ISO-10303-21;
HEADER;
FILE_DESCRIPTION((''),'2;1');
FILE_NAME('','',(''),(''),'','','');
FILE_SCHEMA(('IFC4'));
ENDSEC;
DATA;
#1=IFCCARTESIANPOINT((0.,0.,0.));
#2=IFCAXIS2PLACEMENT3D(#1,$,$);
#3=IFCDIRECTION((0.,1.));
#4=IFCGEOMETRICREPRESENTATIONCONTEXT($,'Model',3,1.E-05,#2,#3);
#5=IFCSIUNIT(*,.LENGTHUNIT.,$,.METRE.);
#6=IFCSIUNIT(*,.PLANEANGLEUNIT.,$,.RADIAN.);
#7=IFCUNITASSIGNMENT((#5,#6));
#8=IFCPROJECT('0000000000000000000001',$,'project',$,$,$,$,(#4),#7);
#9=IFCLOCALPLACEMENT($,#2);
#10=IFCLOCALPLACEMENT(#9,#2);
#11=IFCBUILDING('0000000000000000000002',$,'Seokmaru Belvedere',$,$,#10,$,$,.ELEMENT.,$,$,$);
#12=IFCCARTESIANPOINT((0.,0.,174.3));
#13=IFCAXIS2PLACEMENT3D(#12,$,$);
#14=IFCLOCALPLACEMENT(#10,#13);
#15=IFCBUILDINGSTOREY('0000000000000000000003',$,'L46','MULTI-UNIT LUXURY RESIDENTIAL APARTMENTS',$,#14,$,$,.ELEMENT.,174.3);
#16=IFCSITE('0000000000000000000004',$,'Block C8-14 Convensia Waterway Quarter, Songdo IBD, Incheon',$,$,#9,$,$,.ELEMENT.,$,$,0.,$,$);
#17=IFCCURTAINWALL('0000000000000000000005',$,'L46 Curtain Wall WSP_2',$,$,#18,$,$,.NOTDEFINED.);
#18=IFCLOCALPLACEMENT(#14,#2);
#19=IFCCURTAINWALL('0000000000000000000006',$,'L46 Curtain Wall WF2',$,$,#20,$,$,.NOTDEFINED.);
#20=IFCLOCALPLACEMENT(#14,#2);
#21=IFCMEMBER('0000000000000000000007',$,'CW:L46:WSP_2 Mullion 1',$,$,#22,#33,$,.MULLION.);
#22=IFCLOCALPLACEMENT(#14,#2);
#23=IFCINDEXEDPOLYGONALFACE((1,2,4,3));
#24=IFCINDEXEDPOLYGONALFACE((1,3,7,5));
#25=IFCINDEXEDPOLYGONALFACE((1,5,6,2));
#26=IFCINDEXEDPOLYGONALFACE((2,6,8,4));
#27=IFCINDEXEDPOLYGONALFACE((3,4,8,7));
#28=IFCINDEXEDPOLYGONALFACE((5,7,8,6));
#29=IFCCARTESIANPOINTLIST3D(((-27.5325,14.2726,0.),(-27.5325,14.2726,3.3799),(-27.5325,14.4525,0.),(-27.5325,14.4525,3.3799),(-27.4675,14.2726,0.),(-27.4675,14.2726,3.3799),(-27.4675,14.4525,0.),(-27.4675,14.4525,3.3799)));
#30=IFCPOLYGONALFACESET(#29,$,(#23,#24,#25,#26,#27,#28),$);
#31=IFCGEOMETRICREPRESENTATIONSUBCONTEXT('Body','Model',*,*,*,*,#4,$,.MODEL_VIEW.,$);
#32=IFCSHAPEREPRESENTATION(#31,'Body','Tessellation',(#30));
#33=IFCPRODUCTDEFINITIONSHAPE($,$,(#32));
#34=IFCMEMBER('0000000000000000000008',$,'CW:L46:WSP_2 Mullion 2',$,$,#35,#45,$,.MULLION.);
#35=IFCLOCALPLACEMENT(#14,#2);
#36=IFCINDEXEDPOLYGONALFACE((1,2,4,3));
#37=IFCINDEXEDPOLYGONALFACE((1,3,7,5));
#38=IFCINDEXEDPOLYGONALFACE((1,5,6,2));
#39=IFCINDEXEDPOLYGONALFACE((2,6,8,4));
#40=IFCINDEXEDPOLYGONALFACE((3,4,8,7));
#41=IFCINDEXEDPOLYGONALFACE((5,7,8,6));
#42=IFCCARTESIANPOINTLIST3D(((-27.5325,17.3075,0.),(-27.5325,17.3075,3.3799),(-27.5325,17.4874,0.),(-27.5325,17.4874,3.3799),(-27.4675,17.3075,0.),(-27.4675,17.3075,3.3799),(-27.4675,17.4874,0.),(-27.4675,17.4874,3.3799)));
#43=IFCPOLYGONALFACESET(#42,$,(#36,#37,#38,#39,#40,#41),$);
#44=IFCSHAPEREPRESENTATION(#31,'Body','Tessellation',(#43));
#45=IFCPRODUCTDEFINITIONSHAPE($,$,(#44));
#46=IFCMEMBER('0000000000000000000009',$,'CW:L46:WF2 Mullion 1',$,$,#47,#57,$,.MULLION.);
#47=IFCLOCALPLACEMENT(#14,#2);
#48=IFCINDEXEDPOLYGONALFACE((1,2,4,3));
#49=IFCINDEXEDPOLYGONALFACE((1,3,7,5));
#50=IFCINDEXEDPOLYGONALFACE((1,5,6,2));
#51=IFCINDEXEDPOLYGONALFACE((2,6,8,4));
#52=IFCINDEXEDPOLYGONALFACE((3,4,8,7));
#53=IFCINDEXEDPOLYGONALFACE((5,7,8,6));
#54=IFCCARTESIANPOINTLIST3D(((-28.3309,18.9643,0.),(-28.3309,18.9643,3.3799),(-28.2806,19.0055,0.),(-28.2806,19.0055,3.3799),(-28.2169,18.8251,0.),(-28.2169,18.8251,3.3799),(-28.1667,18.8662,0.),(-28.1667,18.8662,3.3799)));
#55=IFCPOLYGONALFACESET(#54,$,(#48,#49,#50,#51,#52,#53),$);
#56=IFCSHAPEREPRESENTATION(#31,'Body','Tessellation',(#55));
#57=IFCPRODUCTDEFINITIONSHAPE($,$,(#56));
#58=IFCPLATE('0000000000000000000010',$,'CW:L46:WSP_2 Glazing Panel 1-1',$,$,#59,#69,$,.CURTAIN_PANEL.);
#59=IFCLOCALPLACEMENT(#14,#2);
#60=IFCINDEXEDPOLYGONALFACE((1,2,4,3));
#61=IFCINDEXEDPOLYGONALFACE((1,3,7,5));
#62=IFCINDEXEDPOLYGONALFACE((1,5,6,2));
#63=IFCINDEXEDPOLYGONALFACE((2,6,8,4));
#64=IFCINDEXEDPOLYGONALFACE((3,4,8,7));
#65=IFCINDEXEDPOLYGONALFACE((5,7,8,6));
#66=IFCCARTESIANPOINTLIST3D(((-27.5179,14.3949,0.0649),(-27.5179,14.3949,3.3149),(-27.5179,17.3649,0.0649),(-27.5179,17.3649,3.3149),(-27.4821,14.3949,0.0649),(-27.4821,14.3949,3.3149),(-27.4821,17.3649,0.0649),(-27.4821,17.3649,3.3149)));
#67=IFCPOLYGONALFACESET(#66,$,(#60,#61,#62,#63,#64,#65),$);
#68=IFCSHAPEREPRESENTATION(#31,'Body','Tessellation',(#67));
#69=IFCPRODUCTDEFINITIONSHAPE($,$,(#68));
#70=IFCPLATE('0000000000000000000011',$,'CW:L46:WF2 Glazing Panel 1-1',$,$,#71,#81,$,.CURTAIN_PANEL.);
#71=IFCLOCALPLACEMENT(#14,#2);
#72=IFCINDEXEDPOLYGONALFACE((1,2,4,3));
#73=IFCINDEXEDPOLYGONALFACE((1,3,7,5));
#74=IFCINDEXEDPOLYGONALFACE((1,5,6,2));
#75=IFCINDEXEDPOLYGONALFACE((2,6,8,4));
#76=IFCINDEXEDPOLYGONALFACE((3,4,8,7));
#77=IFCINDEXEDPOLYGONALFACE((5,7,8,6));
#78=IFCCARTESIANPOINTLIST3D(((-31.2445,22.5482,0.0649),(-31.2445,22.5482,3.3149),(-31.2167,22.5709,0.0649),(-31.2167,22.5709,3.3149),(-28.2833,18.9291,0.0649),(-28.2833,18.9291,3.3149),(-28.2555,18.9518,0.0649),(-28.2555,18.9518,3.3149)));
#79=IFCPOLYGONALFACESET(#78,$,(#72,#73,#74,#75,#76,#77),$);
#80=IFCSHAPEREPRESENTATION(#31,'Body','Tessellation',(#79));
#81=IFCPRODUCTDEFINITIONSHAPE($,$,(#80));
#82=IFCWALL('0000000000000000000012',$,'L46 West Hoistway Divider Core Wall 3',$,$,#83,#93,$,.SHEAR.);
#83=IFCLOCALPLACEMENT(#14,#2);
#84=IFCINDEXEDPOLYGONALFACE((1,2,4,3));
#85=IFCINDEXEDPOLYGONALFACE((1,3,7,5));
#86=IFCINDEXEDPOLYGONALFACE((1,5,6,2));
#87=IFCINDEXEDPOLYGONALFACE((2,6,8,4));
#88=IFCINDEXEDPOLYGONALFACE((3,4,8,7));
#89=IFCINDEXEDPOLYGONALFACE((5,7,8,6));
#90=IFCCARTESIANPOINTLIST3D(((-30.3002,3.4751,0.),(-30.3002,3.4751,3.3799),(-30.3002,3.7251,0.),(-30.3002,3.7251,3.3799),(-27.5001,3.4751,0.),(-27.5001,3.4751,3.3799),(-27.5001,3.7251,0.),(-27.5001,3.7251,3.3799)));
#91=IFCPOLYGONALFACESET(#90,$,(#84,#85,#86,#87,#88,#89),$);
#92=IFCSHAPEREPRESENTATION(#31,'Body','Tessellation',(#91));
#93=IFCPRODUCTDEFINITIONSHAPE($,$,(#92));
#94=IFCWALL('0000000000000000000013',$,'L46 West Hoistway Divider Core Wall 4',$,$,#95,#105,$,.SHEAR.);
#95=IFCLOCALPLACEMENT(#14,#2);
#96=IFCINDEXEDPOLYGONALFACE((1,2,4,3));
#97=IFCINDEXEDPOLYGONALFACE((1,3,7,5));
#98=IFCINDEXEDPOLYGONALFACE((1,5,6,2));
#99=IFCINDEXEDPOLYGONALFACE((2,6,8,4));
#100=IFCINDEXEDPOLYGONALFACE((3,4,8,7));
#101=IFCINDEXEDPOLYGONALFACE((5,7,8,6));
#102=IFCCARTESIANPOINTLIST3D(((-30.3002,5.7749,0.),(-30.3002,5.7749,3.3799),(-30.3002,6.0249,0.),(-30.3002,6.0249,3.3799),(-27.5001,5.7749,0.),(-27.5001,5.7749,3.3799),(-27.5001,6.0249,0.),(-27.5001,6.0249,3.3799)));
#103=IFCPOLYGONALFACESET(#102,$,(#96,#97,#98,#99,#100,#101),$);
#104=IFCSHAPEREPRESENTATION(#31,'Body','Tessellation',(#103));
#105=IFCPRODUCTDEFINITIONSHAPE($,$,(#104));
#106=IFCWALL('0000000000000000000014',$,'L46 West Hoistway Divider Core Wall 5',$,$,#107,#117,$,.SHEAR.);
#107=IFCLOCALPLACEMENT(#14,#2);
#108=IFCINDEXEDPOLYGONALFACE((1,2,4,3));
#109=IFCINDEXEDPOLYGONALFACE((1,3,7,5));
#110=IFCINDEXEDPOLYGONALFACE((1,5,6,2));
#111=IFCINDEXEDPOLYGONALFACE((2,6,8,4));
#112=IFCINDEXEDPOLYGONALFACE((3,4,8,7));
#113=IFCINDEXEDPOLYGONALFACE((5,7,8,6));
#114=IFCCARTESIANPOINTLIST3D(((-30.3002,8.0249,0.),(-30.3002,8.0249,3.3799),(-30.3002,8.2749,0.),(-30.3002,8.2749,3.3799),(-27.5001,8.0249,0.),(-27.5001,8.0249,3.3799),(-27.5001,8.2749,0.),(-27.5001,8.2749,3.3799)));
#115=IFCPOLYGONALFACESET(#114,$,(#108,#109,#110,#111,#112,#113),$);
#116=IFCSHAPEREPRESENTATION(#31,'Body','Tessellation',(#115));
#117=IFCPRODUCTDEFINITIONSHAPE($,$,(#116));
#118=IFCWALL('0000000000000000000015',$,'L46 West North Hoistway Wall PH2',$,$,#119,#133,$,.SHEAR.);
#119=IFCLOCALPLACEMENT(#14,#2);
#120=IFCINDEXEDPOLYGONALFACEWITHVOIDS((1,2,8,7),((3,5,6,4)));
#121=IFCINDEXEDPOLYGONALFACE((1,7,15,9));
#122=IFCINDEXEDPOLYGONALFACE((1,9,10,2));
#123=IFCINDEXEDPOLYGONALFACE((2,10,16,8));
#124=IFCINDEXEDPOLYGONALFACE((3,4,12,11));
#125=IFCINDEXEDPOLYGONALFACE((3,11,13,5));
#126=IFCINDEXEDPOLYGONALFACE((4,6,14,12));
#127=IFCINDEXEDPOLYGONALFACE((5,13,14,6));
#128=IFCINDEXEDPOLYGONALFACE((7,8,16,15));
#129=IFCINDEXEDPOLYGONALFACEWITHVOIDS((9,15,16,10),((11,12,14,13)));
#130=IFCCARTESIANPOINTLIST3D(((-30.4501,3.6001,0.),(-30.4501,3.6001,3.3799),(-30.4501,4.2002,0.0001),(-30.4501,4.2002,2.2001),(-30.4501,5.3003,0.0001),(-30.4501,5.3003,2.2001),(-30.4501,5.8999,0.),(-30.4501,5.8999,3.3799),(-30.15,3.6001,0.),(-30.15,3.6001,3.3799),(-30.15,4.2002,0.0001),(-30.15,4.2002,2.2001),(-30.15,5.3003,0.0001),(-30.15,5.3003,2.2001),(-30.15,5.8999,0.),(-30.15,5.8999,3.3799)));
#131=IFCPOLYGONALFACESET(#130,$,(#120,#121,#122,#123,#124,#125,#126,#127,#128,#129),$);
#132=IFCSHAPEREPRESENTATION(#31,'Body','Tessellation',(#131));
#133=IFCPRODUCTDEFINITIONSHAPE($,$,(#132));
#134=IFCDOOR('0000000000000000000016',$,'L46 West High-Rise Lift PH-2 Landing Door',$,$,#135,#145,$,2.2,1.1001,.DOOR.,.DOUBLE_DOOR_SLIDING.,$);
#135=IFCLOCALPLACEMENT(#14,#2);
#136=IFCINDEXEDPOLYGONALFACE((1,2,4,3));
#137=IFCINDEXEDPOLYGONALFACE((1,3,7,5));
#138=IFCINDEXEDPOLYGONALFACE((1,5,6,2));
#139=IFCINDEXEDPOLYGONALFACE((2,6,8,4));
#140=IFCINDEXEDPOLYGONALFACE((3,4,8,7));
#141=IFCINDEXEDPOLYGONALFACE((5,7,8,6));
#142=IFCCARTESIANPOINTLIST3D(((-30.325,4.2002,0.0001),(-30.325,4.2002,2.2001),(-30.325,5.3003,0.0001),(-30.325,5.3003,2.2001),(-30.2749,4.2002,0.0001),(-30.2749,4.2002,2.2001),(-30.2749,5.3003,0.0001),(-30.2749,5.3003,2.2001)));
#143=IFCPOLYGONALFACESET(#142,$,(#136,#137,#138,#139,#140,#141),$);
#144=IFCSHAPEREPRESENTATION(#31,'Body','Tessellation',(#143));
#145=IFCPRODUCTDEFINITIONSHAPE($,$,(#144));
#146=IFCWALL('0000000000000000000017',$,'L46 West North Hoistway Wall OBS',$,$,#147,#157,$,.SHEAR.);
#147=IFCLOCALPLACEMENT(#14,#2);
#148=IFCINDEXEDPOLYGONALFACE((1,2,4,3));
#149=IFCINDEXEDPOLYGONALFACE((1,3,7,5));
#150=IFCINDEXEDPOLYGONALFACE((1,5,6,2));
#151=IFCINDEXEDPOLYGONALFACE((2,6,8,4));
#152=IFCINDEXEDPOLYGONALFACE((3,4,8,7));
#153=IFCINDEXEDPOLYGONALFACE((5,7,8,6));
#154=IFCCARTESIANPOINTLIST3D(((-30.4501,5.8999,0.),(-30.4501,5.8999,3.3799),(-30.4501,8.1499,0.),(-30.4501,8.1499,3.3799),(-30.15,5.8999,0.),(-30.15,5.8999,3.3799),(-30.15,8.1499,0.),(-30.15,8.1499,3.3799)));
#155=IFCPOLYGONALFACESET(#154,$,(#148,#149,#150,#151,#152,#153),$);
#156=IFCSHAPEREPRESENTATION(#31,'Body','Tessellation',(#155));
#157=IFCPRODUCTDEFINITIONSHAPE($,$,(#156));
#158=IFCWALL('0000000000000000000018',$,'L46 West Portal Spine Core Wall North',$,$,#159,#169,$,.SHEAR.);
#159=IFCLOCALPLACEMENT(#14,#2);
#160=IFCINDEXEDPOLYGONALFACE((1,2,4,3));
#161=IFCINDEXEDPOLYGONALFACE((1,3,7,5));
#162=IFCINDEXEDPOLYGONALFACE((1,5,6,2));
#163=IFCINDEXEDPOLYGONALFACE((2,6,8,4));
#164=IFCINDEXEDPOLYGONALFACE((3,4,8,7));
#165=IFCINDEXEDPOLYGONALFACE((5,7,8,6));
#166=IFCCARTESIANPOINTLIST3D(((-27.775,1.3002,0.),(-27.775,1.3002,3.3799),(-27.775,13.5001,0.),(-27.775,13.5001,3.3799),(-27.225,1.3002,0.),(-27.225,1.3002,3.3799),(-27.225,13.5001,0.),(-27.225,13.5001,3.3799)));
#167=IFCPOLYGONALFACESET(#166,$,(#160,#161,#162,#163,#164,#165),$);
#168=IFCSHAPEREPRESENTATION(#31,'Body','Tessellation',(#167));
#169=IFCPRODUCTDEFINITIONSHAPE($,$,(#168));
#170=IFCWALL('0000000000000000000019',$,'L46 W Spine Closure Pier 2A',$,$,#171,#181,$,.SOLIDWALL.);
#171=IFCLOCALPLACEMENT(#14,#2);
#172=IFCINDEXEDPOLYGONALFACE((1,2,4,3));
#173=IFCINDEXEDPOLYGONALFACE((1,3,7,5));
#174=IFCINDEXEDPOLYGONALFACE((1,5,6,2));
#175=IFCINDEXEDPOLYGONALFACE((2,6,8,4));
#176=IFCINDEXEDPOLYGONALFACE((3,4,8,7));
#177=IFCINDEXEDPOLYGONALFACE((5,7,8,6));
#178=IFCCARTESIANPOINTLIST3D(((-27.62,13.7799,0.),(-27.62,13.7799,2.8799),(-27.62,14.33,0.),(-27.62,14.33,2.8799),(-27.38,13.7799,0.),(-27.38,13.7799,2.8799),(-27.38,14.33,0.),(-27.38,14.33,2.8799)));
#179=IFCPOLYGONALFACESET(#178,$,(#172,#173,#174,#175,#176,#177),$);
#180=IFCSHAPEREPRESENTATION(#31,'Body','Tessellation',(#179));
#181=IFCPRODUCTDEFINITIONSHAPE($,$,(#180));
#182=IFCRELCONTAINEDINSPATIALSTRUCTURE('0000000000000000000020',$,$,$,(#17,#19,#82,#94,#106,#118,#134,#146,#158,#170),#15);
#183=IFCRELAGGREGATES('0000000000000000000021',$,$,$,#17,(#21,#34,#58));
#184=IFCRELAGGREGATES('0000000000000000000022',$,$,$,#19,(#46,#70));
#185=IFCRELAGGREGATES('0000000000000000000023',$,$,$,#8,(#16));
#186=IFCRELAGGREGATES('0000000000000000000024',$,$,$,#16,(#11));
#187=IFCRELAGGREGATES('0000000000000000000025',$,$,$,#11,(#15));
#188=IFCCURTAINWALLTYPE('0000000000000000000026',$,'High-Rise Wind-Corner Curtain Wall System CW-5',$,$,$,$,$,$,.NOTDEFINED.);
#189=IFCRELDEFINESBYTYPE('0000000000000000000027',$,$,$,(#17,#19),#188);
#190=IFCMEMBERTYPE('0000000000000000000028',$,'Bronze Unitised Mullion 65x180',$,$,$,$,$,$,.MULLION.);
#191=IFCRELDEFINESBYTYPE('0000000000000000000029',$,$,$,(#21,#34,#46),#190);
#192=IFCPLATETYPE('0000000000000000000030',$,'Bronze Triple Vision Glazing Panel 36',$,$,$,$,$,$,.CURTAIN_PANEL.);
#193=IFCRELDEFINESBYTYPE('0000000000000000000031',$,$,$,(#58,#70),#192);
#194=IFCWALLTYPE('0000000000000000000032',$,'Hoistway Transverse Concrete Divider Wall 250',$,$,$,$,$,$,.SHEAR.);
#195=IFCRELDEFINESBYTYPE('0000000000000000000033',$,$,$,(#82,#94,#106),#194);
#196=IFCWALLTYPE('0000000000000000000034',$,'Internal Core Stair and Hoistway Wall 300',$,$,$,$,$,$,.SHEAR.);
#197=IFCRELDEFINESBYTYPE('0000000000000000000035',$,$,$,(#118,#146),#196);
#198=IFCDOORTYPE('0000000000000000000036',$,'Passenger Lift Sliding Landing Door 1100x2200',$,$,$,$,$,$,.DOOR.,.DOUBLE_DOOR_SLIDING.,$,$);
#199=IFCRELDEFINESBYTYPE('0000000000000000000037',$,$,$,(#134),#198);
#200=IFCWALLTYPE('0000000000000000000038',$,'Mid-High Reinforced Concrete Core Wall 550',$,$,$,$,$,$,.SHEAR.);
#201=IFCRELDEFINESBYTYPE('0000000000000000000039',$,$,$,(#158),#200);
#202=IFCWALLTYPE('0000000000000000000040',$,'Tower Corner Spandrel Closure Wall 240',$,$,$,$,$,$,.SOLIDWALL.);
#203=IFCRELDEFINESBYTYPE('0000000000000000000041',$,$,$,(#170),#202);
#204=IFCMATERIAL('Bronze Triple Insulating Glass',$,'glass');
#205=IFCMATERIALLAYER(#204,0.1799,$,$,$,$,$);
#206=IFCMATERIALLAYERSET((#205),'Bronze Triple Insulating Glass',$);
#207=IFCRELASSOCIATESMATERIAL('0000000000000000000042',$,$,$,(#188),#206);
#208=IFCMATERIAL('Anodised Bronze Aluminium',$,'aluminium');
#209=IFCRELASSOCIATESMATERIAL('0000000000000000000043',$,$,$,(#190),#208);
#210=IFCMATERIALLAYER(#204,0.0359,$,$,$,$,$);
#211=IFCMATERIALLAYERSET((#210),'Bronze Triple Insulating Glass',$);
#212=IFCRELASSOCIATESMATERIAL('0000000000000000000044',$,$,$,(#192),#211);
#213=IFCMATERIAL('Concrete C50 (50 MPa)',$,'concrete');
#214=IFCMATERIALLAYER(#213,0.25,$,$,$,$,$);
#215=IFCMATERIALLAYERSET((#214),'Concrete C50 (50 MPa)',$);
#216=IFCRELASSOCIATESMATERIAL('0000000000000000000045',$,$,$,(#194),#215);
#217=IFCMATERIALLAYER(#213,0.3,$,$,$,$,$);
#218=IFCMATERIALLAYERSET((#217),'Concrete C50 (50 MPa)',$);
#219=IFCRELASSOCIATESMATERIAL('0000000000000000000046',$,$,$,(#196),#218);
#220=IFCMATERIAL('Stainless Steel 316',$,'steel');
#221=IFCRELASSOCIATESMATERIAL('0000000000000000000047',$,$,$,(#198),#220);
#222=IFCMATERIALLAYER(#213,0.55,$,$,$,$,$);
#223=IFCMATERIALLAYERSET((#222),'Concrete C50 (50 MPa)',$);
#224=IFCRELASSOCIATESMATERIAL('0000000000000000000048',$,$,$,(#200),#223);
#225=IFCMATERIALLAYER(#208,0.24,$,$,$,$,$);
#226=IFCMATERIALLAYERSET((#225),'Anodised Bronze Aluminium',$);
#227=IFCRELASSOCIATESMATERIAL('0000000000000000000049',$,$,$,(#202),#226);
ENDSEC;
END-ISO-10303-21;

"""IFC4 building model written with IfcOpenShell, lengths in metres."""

from ifc_helpers import new_model, si_unit, direction, frame, frame_2d, origin, origin_2d, place, context, subcontext, project, spatial, rectangle, extrude, source, transform, mapped, material, layer, layer_set, material_profile, profile_set, type_object, type_shapes, element, fill, aggregate, save


model = new_model("IFC4")

# Units and contexts
model_context = context("Model", 3, precision=1e-05, world=origin(), true_north=direction((0.0, 1.0)))
body_context = subcontext(model_context, "Body", "Model", "MODEL_VIEW")
ifc_project = project(units=[si_unit("LENGTHUNIT", "METRE"), si_unit("PLANEANGLEUNIT", "RADIAN")], contexts=[model_context])

# Site, building, storey
site_placement = place(None, origin())
site = spatial("IfcSite", under=ifc_project, at=site_placement, Name="Block C8-14 Convensia Waterway Quarter, Songdo IBD, Incheon", CompositionType="ELEMENT", RefElevation=0.0)
building_placement = place(site_placement, origin())
building = spatial("IfcBuilding", under=site, at=building_placement, Name="Seokmaru Belvedere", CompositionType="ELEMENT")
storey_placement = place(building_placement, frame((0.0, 0.0, 174.3)))
storey = spatial("IfcBuildingStorey", under=building, at=storey_placement, Name="L46", Description="MULTI-UNIT LUXURY RESIDENTIAL APARTMENTS", CompositionType="ELEMENT", Elevation=174.3)

# Curtain walls
ifc_material_1 = material(Name="Bronze Triple Insulating Glass", Category="glass")
ifc_layer_1 = layer(ifc_material_1, 0.1799)
ifc_layer_set_1 = layer_set([ifc_layer_1], Name="Bronze Triple Insulating Glass")
curtain_wall_type = type_object("IfcCurtainWallType", Name="High-Rise Wind-Corner Curtain Wall System CW-5", PredefinedType="NOTDEFINED", material=ifc_layer_set_1)
curtain_wall_1_placement = place(storey_placement, origin())
curtain_wall_1 = element("IfcCurtainWall", 1, at=curtain_wall_1_placement, inside=storey, type_object=curtain_wall_type, Name="L46 Curtain Wall WSP_2", PredefinedType="NOTDEFINED")
ifc_material_2 = material(Name="Anodised Bronze Aluminium", Category="aluminium")
curtain_wall_2_placement = place(storey_placement, origin())
curtain_wall_2 = element("IfcCurtainWall", 2, at=curtain_wall_2_placement, inside=storey, type_object=curtain_wall_type, Name="L46 Curtain Wall WF2", PredefinedType="NOTDEFINED")

# Members
ifc_material_profile_1 = material_profile(ifc_material_2, rectangle(XDim=0.0649, YDim=0.1799, at=origin_2d()), Name="CW-M-65x180")
ifc_profile_set_1 = profile_set([ifc_material_profile_1], Name="Anodised Bronze Aluminium")
member_type_1 = type_object("IfcMemberType", Name="Bronze Unitised Mullion 65x180", PredefinedType="MULLION", material=ifc_profile_set_1)
shared_shape_1 = source(origin(), body_context, "Body", "SweptSolid", [
    extrude(rectangle(XDim=0.0649, YDim=0.1799, at=origin_2d()), origin(), (0.0, 0.0, 1.0), 3.3799),
])
type_shapes(member_type_1, [shared_shape_1])
member_1_placement = place(storey_placement, frame((-27.5, 14.3625, 0.0), z_axis=(0.0, 0.0, 1.0), x_axis=(-1.0, 0.0, 0.0)))
member_1 = element("IfcMember", 3, at=member_1_placement, type_object=member_type_1, Name="CW:L46:WSP_2 Mullion 1", PredefinedType="MULLION", context=body_context, shape_type="MappedRepresentation", body=[
    mapped(shared_shape_1, transform((0.0, 0.0, 0.0), scale=1.0)),
])
member_2_placement = place(storey_placement, frame((-27.5, 17.3975, 0.0), z_axis=(0.0, 0.0, 1.0), x_axis=(-1.0, 0.0, 0.0)))
member_2 = element("IfcMember", 4, at=member_2_placement, type_object=member_type_1, Name="CW:L46:WSP_2 Mullion 2", PredefinedType="MULLION", context=body_context, shape_type="MappedRepresentation", body=[
    mapped(shared_shape_1, transform((0.0, 0.0, 0.0), scale=1.0)),
])
member_3_placement = place(storey_placement, frame((-28.2488, 18.9153, 0.0), z_axis=(0.0, 0.0, 1.0), x_axis=(-0.773944, -0.633254, 0.0)))
member_3 = element("IfcMember", 5, at=member_3_placement, type_object=member_type_1, Name="CW:L46:WF2 Mullion 1", PredefinedType="MULLION", context=body_context, shape_type="MappedRepresentation", body=[
    mapped(shared_shape_1, transform((0.0, 0.0, 0.0), scale=1.0)),
])

# Plates
ifc_layer_2 = layer(ifc_material_1, 0.0359)
ifc_layer_set_2 = layer_set([ifc_layer_2], Name="Bronze Triple Insulating Glass")
plate_type = type_object("IfcPlateType", Name="Bronze Triple Vision Glazing Panel 36", PredefinedType="CURTAIN_PANEL", material=ifc_layer_set_2)
shared_shape_2 = source(origin(), body_context, "Body", "SweptSolid", [
    extrude(rectangle(XDim=2.97, YDim=0.0359, at=origin_2d()), origin(), (0.0, 0.0, 1.0), 3.25),
])
plate_1_placement = place(storey_placement, frame((-27.5, 15.8799, 0.0649), z_axis=(0.0, 0.0, 1.0), x_axis=(0.0, 1.0, 0.0)))
plate_1 = element("IfcPlate", 6, at=plate_1_placement, type_object=plate_type, Name="CW:L46:WSP_2 Glazing Panel 1-1", PredefinedType="CURTAIN_PANEL", context=body_context, shape_type="MappedRepresentation", body=[
    mapped(shared_shape_2, transform((0.0, 0.0, 0.0), scale=1.0)),
])
aggregate(curtain_wall_1, [member_1, member_2, plate_1])
shared_shape_3 = source(origin(), body_context, "Body", "SweptSolid", [
    extrude(rectangle(XDim=4.6763, YDim=0.0359, at=origin_2d()), origin(), (0.0, 0.0, 1.0), 3.25),
])
type_shapes(plate_type, [shared_shape_2, shared_shape_3])
plate_2_placement = place(storey_placement, frame((-29.75, 20.75, 0.0649), z_axis=(0.0, 0.0, 1.0), x_axis=(-0.633254, 0.773944, 0.0)))
plate_2 = element("IfcPlate", 7, at=plate_2_placement, type_object=plate_type, Name="CW:L46:WF2 Glazing Panel 1-1", PredefinedType="CURTAIN_PANEL", context=body_context, shape_type="MappedRepresentation", body=[
    mapped(shared_shape_3, transform((0.0, 0.0, 0.0), scale=1.0)),
])
aggregate(curtain_wall_2, [member_3, plate_2])

# Walls
ifc_material_3 = material(Name="Concrete C50 (50 MPa)", Category="concrete")
ifc_layer_3 = layer(ifc_material_3, 0.25)
ifc_layer_set_3 = layer_set([ifc_layer_3], Name="Concrete C50 (50 MPa)")
wall_type_1 = type_object("IfcWallType", Name="Hoistway Transverse Concrete Divider Wall 250", PredefinedType="SHEAR", material=ifc_layer_set_3)
for number, where, z_axis, x_axis, name in (
    (8, (-30.3, 3.6001, 0.0), (0.0, 0.0, 1.0), (1.0, 0.0, 0.0), "L46 West Hoistway Divider Core Wall 3"),
    (9, (-30.3, 5.8999, 0.0), (0.0, 0.0, 1.0), (1.0, 0.0, 0.0), "L46 West Hoistway Divider Core Wall 4"),
    (10, (-30.3, 8.1499, 0.0), (0.0, 0.0, 1.0), (1.0, 0.0, 0.0), "L46 West Hoistway Divider Core Wall 5"),
):
    element("IfcWall", number, at=place(storey_placement, frame(where, z_axis=z_axis, x_axis=x_axis)), inside=storey, type_object=wall_type_1, Name=name, PredefinedType="SHEAR", context=body_context, shape_type="SweptSolid", body=[
        extrude(rectangle(XDim=2.8, YDim=0.25, at=frame_2d((1.3999, 0.0))), origin(), (0.0, 0.0, 1.0), 3.3799),
    ])

# Wall, opening, door
ifc_layer_4 = layer(ifc_material_3, 0.3)
ifc_layer_set_4 = layer_set([ifc_layer_4], Name="Concrete C50 (50 MPa)")
wall_type_2 = type_object("IfcWallType", Name="Internal Core Stair and Hoistway Wall 300", PredefinedType="SHEAR", material=ifc_layer_set_4)
wall_1_placement = place(storey_placement, frame((-30.3, 3.6001, 0.0), z_axis=(0.0, 0.0, 1.0), x_axis=(0.0, 1.0, 0.0)))
wall_1 = element("IfcWall", 11, at=wall_1_placement, inside=storey, type_object=wall_type_2, Name="L46 West North Hoistway Wall PH2", PredefinedType="SHEAR", context=body_context, shape_type="SweptSolid", body=[
    extrude(rectangle(XDim=2.2998, YDim=0.3, at=frame_2d((1.1499, 0.0))), origin(), (0.0, 0.0, 1.0), 3.3799),
])
opening_1_placement = place(wall_1_placement, frame((0.6001, 0.0, 0.0)))
opening_1 = element("IfcOpeningElement", 12, at=opening_1_placement, cuts=wall_1, PredefinedType="OPENING", context=body_context, shape_type="SweptSolid", body=[
    extrude(rectangle(XDim=1.1001, YDim=2.2, at=frame_2d((0.55, 1.1001))), frame((0.0, 0.1602, 0.0), z_axis=(0.0, -1.0, 0.0), x_axis=(1.0, 0.0, 0.0)), (0.0, 0.0, 1.0), 0.3201),
])
ifc_material_4 = material(Name="Stainless Steel 316", Category="steel")
door_type_1 = type_object("IfcDoorType", Name="Passenger Lift Sliding Landing Door 1100x2200", OperationType="DOUBLE_DOOR_SLIDING", PredefinedType="DOOR", material=ifc_material_4)
shared_shape_4 = source(origin(), body_context, "Body", "SweptSolid", [
    extrude(rectangle(XDim=1.1001, YDim=2.2, at=frame_2d((0.55, 1.1001))), frame((0.0, 0.0249, 0.0), z_axis=(0.0, -1.0, 0.0), x_axis=(1.0, 0.0, 0.0)), (0.0, 0.0, 1.0), 0.05),
])
type_shapes(door_type_1, [shared_shape_4])
door_1_placement = place(opening_1_placement, origin())
door_1 = element("IfcDoor", 13, at=door_1_placement, inside=storey, type_object=door_type_1, Name="L46 West High-Rise Lift PH-2 Landing Door", OperationType="DOUBLE_DOOR_SLIDING", OverallHeight=2.2, OverallWidth=1.1001, PredefinedType="DOOR", context=body_context, shape_type="MappedRepresentation", body=[
    mapped(shared_shape_4, transform((0.0, 0.0, 0.0), scale=1.0)),
])
fill(opening_1, door_1)

# Wall
wall_2_placement = place(storey_placement, frame((-30.3, 5.8999, 0.0), z_axis=(0.0, 0.0, 1.0), x_axis=(0.0, 1.0, 0.0)))
element("IfcWall", 14, at=wall_2_placement, inside=storey, type_object=wall_type_2, Name="L46 West North Hoistway Wall OBS", PredefinedType="SHEAR", context=body_context, shape_type="SweptSolid", body=[
    extrude(rectangle(XDim=2.25, YDim=0.3, at=frame_2d((1.125, 0.0))), origin(), (0.0, 0.0, 1.0), 3.3799),
])

# Walls
ifc_layer_5 = layer(ifc_material_3, 0.55)
ifc_layer_set_5 = layer_set([ifc_layer_5], Name="Concrete C50 (50 MPa)")
wall_type_3 = type_object("IfcWallType", Name="Mid-High Reinforced Concrete Core Wall 550", PredefinedType="SHEAR", material=ifc_layer_set_5)
wall_3_placement = place(storey_placement, frame((-27.5, 1.3, 0.0), z_axis=(0.0, 0.0, 1.0), x_axis=(0.0, 1.0, 0.0)))
element("IfcWall", 15, at=wall_3_placement, inside=storey, type_object=wall_type_3, Name="L46 West Portal Spine Core Wall North", PredefinedType="SHEAR", context=body_context, shape_type="SweptSolid", body=[
    extrude(rectangle(XDim=12.2, YDim=0.55, at=frame_2d((6.1001, 0.0))), origin(), (0.0, 0.0, 1.0), 3.3799),
])
ifc_layer_6 = layer(ifc_material_2, 0.24)
ifc_layer_set_6 = layer_set([ifc_layer_6], Name="Anodised Bronze Aluminium")
wall_type_4 = type_object("IfcWallType", Name="Tower Corner Spandrel Closure Wall 240", PredefinedType="SOLIDWALL", material=ifc_layer_set_6)
wall_4_placement = place(storey_placement, frame((-27.5, 13.78, 0.0), z_axis=(0.0, 0.0, 1.0), x_axis=(0.0, 1.0, 0.0)))
element("IfcWall", 16, at=wall_4_placement, inside=storey, type_object=wall_type_4, Name="L46 W Spine Closure Pier 2A", PredefinedType="SOLIDWALL", context=body_context, shape_type="SweptSolid", body=[
    extrude(rectangle(XDim=0.55, YDim=0.24, at=frame_2d((0.2749, 0.0))), origin(), (0.0, 0.0, 1.0), 2.8799),
])

save(model, "model.ifc")
